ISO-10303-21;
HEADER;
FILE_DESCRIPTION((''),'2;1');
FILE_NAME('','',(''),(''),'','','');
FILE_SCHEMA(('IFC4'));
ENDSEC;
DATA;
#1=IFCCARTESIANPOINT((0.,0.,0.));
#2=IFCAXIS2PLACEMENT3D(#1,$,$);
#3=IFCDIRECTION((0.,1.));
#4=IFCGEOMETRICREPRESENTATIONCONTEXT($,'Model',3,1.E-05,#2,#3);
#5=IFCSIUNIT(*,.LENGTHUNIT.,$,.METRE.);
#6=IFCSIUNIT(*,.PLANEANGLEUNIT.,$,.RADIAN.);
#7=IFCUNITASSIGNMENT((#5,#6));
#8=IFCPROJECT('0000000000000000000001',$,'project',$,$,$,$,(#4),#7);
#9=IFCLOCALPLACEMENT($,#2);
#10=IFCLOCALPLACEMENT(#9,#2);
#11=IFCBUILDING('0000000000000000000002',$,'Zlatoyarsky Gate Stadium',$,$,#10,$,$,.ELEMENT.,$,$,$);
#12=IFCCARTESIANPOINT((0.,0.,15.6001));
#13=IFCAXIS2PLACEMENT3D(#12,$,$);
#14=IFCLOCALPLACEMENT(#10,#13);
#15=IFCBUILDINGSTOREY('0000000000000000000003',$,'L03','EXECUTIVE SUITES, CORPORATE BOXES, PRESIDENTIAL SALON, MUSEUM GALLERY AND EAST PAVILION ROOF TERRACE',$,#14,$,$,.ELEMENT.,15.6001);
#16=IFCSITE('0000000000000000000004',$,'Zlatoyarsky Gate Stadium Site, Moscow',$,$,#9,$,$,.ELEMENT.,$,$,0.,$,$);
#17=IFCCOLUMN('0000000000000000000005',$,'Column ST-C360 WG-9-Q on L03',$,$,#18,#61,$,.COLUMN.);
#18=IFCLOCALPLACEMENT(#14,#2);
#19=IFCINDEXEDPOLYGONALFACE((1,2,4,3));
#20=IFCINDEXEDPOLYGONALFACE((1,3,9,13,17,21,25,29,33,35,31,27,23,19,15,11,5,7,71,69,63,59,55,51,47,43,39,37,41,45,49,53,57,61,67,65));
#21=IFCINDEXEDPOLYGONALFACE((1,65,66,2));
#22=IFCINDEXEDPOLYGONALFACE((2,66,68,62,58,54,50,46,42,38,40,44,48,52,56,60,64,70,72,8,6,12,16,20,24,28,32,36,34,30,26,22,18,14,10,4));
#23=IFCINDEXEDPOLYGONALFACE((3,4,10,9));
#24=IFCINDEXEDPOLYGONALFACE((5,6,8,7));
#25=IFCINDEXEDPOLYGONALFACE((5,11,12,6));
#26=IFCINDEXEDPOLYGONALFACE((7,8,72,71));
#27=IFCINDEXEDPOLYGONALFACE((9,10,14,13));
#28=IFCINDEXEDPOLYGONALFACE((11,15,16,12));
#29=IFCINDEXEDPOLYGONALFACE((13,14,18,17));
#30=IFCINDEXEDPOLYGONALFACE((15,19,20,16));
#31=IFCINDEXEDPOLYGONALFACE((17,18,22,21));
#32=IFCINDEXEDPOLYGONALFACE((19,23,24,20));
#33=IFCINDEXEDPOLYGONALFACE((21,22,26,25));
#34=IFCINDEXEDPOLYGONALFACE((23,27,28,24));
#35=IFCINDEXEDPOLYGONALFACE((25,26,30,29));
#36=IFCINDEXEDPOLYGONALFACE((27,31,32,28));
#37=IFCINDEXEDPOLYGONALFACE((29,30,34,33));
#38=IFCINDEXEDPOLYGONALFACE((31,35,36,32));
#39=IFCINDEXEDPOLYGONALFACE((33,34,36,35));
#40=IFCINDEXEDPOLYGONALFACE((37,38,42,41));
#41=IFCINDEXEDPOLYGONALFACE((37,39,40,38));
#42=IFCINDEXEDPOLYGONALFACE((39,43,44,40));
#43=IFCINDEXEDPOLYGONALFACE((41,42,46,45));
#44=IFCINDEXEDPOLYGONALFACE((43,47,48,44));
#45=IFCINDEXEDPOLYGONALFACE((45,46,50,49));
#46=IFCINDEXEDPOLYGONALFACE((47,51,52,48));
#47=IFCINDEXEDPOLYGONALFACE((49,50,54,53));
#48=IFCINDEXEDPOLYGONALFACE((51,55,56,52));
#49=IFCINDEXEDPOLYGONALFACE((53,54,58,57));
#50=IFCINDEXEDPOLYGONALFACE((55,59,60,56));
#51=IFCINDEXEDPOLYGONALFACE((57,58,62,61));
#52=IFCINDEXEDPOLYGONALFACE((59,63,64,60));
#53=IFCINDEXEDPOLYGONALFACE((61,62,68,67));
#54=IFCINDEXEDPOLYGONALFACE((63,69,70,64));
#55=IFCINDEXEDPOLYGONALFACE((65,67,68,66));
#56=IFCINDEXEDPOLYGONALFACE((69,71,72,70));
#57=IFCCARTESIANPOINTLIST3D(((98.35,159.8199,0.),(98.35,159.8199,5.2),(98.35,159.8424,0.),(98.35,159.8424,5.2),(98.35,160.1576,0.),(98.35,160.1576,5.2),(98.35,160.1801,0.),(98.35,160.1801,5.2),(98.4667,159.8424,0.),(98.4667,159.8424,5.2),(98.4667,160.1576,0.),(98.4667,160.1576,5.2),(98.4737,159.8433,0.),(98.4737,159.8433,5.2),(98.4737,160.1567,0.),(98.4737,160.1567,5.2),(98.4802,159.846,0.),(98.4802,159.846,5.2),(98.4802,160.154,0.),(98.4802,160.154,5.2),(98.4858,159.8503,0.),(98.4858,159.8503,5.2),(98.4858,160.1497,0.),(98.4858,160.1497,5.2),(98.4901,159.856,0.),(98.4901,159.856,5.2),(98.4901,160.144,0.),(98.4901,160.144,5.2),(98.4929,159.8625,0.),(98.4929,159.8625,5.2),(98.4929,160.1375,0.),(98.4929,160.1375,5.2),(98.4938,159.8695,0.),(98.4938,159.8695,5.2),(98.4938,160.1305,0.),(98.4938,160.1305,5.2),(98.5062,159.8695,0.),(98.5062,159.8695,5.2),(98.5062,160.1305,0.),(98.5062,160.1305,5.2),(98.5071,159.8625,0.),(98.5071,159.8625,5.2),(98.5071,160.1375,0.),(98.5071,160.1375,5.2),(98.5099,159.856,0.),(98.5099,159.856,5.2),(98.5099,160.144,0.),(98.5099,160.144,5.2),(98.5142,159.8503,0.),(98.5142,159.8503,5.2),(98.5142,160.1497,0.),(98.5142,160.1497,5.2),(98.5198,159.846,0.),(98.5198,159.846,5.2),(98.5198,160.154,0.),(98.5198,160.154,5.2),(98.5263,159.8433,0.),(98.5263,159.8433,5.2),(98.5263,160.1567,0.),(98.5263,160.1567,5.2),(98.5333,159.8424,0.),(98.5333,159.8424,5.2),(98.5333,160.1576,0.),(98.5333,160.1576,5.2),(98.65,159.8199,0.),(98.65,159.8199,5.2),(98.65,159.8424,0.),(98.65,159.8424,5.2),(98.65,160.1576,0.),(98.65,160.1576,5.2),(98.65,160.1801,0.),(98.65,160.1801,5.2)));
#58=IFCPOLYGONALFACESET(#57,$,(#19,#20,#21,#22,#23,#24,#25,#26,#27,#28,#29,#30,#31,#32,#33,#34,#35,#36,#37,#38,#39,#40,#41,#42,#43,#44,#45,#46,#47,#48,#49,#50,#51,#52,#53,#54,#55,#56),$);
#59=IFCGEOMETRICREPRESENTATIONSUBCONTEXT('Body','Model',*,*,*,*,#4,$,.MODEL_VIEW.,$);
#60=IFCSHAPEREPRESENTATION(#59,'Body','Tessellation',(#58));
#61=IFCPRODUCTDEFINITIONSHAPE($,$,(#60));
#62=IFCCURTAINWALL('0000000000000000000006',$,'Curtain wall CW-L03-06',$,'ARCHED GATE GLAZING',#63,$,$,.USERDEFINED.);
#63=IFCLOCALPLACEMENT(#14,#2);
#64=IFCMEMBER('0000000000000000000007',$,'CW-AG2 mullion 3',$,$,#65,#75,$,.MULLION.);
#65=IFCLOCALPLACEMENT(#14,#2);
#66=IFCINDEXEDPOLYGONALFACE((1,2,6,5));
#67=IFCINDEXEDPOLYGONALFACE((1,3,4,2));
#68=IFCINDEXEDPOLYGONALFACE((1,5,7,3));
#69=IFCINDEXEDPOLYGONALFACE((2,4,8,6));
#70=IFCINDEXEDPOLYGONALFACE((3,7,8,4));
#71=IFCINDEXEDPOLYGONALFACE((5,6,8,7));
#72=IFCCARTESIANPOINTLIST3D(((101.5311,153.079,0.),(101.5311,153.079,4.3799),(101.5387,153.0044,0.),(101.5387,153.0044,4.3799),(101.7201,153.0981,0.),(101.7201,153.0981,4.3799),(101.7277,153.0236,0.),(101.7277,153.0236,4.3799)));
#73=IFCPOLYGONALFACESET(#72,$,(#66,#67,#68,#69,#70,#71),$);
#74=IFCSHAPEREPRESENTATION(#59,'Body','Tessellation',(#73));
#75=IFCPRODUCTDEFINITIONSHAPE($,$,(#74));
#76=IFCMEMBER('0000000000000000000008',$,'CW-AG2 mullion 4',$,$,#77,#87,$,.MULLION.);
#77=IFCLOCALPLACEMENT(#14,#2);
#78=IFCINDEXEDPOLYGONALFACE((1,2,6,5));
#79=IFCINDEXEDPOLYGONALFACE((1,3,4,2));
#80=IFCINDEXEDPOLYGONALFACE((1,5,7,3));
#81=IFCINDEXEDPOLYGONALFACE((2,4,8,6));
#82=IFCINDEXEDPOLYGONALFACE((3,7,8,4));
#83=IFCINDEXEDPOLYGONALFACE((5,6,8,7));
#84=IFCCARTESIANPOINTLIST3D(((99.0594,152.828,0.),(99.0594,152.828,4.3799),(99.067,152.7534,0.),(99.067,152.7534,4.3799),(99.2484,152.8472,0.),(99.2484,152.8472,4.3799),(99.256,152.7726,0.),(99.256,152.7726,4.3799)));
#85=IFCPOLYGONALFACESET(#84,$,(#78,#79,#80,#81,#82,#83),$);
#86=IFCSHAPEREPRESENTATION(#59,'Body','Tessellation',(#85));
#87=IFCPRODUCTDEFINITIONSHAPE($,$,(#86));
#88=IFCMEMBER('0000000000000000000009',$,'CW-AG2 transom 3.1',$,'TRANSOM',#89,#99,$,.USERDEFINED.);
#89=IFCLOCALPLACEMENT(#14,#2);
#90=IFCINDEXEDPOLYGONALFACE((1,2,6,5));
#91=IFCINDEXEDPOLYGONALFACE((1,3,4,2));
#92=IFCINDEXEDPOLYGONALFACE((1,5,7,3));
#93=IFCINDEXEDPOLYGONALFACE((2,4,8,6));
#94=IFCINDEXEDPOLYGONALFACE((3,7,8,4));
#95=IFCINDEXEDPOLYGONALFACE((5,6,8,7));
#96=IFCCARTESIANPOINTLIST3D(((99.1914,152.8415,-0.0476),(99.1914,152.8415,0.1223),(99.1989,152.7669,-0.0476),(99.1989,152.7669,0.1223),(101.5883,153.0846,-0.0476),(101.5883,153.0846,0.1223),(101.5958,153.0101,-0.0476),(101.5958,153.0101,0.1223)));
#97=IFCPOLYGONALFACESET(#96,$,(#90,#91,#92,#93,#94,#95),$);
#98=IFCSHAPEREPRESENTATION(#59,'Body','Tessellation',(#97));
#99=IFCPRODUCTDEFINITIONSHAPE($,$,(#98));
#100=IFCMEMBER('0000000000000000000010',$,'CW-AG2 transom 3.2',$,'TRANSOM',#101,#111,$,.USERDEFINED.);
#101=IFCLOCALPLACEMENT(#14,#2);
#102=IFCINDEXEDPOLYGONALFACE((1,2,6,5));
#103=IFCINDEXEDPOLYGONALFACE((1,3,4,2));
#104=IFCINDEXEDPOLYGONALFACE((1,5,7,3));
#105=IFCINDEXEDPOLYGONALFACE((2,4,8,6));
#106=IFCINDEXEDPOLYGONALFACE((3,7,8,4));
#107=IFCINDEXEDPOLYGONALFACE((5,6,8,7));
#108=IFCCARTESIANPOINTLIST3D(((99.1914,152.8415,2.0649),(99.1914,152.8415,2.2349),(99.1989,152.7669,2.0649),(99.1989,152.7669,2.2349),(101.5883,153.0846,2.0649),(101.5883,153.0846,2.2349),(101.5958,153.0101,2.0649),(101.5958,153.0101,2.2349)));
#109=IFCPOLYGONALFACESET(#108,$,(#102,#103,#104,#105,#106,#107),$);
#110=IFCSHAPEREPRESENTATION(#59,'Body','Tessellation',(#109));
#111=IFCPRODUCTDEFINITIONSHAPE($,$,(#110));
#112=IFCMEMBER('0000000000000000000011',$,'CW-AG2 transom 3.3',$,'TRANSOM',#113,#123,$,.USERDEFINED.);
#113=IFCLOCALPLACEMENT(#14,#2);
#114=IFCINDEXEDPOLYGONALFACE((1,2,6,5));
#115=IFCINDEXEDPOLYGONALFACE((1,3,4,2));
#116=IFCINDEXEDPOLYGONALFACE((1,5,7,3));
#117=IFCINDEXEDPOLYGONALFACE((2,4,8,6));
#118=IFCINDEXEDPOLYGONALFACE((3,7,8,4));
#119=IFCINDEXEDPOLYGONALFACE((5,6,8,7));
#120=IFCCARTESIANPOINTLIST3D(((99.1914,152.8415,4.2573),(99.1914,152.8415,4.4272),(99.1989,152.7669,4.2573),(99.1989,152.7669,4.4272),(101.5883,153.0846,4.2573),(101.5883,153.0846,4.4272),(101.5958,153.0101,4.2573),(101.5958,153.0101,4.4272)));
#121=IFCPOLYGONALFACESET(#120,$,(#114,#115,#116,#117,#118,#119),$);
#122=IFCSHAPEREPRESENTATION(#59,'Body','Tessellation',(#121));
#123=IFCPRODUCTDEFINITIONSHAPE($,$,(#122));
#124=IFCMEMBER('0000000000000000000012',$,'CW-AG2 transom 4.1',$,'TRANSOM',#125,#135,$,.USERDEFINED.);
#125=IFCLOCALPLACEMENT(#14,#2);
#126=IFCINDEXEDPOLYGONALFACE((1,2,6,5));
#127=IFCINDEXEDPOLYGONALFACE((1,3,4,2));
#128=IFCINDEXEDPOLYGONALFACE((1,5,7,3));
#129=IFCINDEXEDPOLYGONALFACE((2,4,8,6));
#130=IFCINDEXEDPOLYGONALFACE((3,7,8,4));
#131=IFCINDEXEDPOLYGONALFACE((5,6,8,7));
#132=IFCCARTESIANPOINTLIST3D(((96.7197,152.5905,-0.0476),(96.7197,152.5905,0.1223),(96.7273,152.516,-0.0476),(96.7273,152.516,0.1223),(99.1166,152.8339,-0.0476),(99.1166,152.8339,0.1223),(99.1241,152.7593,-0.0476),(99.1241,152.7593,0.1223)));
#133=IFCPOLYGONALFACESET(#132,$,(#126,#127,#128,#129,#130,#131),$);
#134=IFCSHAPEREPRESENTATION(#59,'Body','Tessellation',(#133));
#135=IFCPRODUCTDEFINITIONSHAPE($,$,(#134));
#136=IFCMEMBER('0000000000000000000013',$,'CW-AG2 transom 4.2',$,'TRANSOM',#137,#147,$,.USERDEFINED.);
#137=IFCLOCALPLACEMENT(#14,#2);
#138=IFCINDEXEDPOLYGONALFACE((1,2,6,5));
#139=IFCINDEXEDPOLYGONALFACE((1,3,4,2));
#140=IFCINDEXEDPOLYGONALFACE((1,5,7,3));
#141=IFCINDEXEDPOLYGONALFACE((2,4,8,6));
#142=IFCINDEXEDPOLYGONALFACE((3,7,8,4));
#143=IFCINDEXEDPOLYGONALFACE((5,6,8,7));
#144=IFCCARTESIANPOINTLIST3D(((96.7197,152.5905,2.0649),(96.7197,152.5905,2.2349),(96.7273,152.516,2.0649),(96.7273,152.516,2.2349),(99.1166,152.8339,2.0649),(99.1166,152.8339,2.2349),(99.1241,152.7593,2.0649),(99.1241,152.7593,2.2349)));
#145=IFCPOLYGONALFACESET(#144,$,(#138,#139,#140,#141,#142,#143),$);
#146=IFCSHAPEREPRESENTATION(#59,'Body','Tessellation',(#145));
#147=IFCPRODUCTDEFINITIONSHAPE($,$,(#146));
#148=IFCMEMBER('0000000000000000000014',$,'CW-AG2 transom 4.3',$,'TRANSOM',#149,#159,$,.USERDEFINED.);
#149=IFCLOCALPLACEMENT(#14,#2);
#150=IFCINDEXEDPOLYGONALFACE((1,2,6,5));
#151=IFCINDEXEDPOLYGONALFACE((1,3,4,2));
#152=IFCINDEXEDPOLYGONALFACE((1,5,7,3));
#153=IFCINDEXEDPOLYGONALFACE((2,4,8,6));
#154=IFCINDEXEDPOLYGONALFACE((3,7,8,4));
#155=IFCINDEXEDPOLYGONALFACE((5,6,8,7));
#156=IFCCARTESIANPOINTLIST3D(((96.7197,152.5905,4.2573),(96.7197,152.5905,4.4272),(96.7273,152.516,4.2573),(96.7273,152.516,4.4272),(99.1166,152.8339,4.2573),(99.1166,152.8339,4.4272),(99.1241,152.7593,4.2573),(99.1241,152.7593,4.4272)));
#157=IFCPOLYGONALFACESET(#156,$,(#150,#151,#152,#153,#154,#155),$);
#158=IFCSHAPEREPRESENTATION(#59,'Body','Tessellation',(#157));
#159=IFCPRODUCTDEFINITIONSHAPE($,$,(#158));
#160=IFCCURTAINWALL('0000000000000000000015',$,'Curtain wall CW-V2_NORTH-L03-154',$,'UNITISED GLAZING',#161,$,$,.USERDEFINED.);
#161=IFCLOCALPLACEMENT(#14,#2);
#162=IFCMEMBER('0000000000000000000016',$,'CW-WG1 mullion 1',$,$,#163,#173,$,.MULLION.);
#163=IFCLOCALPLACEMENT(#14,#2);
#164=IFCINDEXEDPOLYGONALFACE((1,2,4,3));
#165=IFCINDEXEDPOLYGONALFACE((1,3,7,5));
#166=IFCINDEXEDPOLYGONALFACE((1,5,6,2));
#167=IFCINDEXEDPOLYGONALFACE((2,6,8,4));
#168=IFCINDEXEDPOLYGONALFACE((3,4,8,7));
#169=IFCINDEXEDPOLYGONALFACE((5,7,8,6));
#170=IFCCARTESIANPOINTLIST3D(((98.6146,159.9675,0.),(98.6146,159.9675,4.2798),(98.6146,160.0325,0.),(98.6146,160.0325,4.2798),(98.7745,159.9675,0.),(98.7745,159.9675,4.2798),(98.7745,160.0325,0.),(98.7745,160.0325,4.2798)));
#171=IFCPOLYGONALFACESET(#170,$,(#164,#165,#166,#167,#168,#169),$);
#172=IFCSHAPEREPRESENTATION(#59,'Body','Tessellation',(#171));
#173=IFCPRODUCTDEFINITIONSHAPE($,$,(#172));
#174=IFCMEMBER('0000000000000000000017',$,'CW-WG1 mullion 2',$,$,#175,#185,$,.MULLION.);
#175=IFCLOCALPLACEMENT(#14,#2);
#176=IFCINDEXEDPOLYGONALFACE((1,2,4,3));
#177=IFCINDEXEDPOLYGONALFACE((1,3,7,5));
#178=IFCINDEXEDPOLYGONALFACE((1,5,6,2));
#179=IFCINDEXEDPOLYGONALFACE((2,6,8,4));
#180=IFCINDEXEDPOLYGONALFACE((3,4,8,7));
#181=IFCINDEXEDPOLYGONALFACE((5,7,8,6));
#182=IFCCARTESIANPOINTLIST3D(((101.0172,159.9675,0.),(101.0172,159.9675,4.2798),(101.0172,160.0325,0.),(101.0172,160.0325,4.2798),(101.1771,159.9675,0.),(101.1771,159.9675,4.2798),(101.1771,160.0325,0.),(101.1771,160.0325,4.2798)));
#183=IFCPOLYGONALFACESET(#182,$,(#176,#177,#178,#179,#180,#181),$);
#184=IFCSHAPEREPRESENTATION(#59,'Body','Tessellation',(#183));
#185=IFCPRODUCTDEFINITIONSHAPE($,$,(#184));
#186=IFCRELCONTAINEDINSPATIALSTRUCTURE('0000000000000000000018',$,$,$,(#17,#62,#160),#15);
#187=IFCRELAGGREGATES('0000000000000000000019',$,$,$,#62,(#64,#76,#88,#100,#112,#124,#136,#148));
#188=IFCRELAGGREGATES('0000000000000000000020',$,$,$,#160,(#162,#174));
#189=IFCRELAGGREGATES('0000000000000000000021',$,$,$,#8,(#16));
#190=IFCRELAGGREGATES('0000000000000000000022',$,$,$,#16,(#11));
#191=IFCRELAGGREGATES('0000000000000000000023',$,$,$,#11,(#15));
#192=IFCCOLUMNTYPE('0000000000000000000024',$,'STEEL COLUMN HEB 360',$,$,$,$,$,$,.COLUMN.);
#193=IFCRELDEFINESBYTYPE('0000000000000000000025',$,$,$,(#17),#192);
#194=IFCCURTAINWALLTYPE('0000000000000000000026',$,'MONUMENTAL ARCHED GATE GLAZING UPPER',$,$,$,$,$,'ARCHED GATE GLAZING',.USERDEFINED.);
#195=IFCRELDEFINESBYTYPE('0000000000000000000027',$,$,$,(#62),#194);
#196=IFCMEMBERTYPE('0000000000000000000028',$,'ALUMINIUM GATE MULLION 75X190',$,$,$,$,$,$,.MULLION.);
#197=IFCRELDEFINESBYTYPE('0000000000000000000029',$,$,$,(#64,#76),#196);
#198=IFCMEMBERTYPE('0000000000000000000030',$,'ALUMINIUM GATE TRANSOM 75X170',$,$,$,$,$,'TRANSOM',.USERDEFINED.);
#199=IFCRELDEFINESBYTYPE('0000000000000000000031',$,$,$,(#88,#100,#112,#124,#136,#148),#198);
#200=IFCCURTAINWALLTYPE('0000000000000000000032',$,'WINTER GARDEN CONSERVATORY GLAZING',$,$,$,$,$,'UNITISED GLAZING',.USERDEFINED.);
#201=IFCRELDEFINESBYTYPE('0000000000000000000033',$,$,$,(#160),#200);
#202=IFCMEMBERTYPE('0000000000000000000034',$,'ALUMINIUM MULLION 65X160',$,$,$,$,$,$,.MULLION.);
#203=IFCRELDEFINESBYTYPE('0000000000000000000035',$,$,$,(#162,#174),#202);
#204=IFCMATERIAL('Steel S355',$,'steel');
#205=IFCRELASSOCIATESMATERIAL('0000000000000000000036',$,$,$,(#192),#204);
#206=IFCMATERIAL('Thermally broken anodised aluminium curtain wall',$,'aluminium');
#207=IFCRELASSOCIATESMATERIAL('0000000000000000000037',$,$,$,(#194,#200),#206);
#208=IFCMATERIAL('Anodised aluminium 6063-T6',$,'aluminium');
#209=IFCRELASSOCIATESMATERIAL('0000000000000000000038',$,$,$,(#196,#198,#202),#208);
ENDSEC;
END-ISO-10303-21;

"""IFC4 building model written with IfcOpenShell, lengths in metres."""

from ifc_helpers import new_model, si_unit, direction, frame, origin, origin_2d, place, context, subcontext, project, spatial, rectangle, i_section, extrude, material, material_profile, profile_set, type_object, element, aggregate, save


model = new_model("IFC4")

# Units and contexts
model_context = context("Model", 3, precision=1e-05, world=origin(), true_north=direction((0.0, 1.0)))
body_context = subcontext(model_context, "Body", "Model", "MODEL_VIEW")
ifc_project = project(units=[si_unit("LENGTHUNIT", "METRE"), si_unit("PLANEANGLEUNIT", "RADIAN")], contexts=[model_context])

# Site, building, storey
site_placement = place(None, origin())
site = spatial("IfcSite", under=ifc_project, at=site_placement, Name="Zlatoyarsky Gate Stadium Site, Moscow", CompositionType="ELEMENT", RefElevation=0.0)
building_placement = place(site_placement, origin())
building = spatial("IfcBuilding", under=site, at=building_placement, Name="Zlatoyarsky Gate Stadium", CompositionType="ELEMENT")
storey_placement = place(building_placement, frame((0.0, 0.0, 15.6001)))
storey = spatial("IfcBuildingStorey", under=building, at=storey_placement, Name="L03", Description="EXECUTIVE SUITES, CORPORATE BOXES, PRESIDENTIAL SALON, MUSEUM GALLERY AND EAST PAVILION ROOF TERRACE", CompositionType="ELEMENT", Elevation=15.6001)

# Column
ifc_material_1 = material(Name="Steel S355", Category="steel")
ifc_material_profile_1 = material_profile(ifc_material_1, i_section(OverallWidth=0.3, OverallDepth=0.3601, WebThickness=0.0125, FlangeThickness=0.0225, FilletRadius=0.0271, at=origin_2d()), Name="HEB 360")
ifc_profile_set_1 = profile_set([ifc_material_profile_1], Name="Steel S355")
column_type = type_object("IfcColumnType", Name="STEEL COLUMN HEB 360", PredefinedType="COLUMN", material=ifc_profile_set_1)
column_placement = place(storey_placement, frame((98.5, 160.0, 0.0), z_axis=(0.0, 0.0, 1.0), x_axis=(1.0, 0.0, 0.0)))
element("IfcColumn", 1, at=column_placement, inside=storey, type_object=column_type, Name="Column ST-C360 WG-9-Q on L03", PredefinedType="COLUMN", context=body_context, shape_type="SweptSolid", body=[
    extrude(i_section(OverallWidth=0.3, OverallDepth=0.3601, WebThickness=0.0125, FlangeThickness=0.0225, FilletRadius=0.0271, at=origin_2d()), origin(), (0.0, 0.0, 1.0), 5.2),
])

# Curtain walls, members
ifc_material_2 = material(Name="Thermally broken anodised aluminium curtain wall", Category="aluminium")
curtain_wall_type_1 = type_object("IfcCurtainWallType", Name="MONUMENTAL ARCHED GATE GLAZING UPPER", ElementType="ARCHED GATE GLAZING", PredefinedType="USERDEFINED", material=ifc_material_2)
curtain_wall_1_placement = place(storey_placement, origin())
curtain_wall_1 = element("IfcCurtainWall", 2, at=curtain_wall_1_placement, inside=storey, type_object=curtain_wall_type_1, Name="Curtain wall CW-L03-06", ObjectType="ARCHED GATE GLAZING", PredefinedType="USERDEFINED")
ifc_material_3 = material(Name="Anodised aluminium 6063-T6", Category="aluminium")
ifc_material_profile_2 = material_profile(ifc_material_3, rectangle(XDim=0.075, YDim=0.1899, at=origin_2d()), Name="ALU 75X190")
ifc_profile_set_2 = profile_set([ifc_material_profile_2], Name="Anodised aluminium 6063-T6")
member_type_1 = type_object("IfcMemberType", Name="ALUMINIUM GATE MULLION 75X190", PredefinedType="MULLION", material=ifc_profile_set_2)
member_1_placement = place(storey_placement, frame((101.6294, 153.0513, 0.0), z_axis=(0.0, 0.0, 1.0), x_axis=(0.100967, -0.99489, 0.0)))
member_1 = element("IfcMember", 3, at=member_1_placement, type_object=member_type_1, Name="CW-AG2 mullion 3", PredefinedType="MULLION", context=body_context, shape_type="SweptSolid", body=[
    extrude(rectangle(XDim=0.075, YDim=0.1899, at=origin_2d()), origin(), (0.0, 0.0, 1.0), 4.3799),
])
member_2_placement = place(storey_placement, frame((99.1577, 152.8003, 0.0), z_axis=(0.0, 0.0, 1.0), x_axis=(0.100967, -0.99489, 0.0)))
member_2 = element("IfcMember", 4, at=member_2_placement, type_object=member_type_1, Name="CW-AG2 mullion 4", PredefinedType="MULLION", context=body_context, shape_type="SweptSolid", body=[
    extrude(rectangle(XDim=0.075, YDim=0.1899, at=origin_2d()), origin(), (0.0, 0.0, 1.0), 4.3799),
])
ifc_material_profile_3 = material_profile(ifc_material_3, rectangle(XDim=0.075, YDim=0.1699, at=origin_2d()), Name="ALU 75X170")
ifc_profile_set_3 = profile_set([ifc_material_profile_3], Name="Anodised aluminium 6063-T6")
member_type_2 = type_object("IfcMemberType", Name="ALUMINIUM GATE TRANSOM 75X170", ElementType="TRANSOM", PredefinedType="USERDEFINED", material=ifc_profile_set_3)
member_3_placement = place(storey_placement, frame((101.592, 153.0474, 0.0374), z_axis=(-0.994894, -0.100928, 0.0), x_axis=(0.100928, -0.994894, 0.0)))
member_3 = element("IfcMember", 5, at=member_3_placement, type_object=member_type_2, Name="CW-AG2 transom 3.1", ObjectType="TRANSOM", PredefinedType="USERDEFINED", context=body_context, shape_type="SweptSolid", body=[
    extrude(rectangle(XDim=0.075, YDim=0.1699, at=origin_2d()), origin(), (0.0, 0.0, 1.0), 2.4092),
])
member_4_placement = place(storey_placement, frame((101.592, 153.0474, 2.1499), z_axis=(-0.994894, -0.100928, 0.0), x_axis=(0.100928, -0.994894, 0.0)))
member_4 = element("IfcMember", 6, at=member_4_placement, type_object=member_type_2, Name="CW-AG2 transom 3.2", ObjectType="TRANSOM", PredefinedType="USERDEFINED", context=body_context, shape_type="SweptSolid", body=[
    extrude(rectangle(XDim=0.075, YDim=0.1699, at=origin_2d()), origin(), (0.0, 0.0, 1.0), 2.4092),
])
member_5_placement = place(storey_placement, frame((101.592, 153.0474, 4.3423), z_axis=(-0.994894, -0.100928, 0.0), x_axis=(0.100928, -0.994894, 0.0)))
member_5 = element("IfcMember", 7, at=member_5_placement, type_object=member_type_2, Name="CW-AG2 transom 3.3", ObjectType="TRANSOM", PredefinedType="USERDEFINED", context=body_context, shape_type="SweptSolid", body=[
    extrude(rectangle(XDim=0.075, YDim=0.1699, at=origin_2d()), origin(), (0.0, 0.0, 1.0), 2.4092),
])
member_6_placement = place(storey_placement, frame((99.1204, 152.7966, 0.0374), z_axis=(-0.994884, -0.101029, 0.0), x_axis=(0.101029, -0.994884, 0.0)))
member_6 = element("IfcMember", 8, at=member_6_placement, type_object=member_type_2, Name="CW-AG2 transom 4.1", ObjectType="TRANSOM", PredefinedType="USERDEFINED", context=body_context, shape_type="SweptSolid", body=[
    extrude(rectangle(XDim=0.075, YDim=0.1699, at=origin_2d()), origin(), (0.0, 0.0, 1.0), 2.4092),
])
member_7_placement = place(storey_placement, frame((99.1204, 152.7966, 2.1499), z_axis=(-0.994884, -0.101029, 0.0), x_axis=(0.101029, -0.994884, 0.0)))
member_7 = element("IfcMember", 9, at=member_7_placement, type_object=member_type_2, Name="CW-AG2 transom 4.2", ObjectType="TRANSOM", PredefinedType="USERDEFINED", context=body_context, shape_type="SweptSolid", body=[
    extrude(rectangle(XDim=0.075, YDim=0.1699, at=origin_2d()), origin(), (0.0, 0.0, 1.0), 2.4092),
])
member_8_placement = place(storey_placement, frame((99.1204, 152.7966, 4.3423), z_axis=(-0.994884, -0.101029, 0.0), x_axis=(0.101029, -0.994884, 0.0)))
member_8 = element("IfcMember", 10, at=member_8_placement, type_object=member_type_2, Name="CW-AG2 transom 4.3", ObjectType="TRANSOM", PredefinedType="USERDEFINED", context=body_context, shape_type="SweptSolid", body=[
    extrude(rectangle(XDim=0.075, YDim=0.1699, at=origin_2d()), origin(), (0.0, 0.0, 1.0), 2.4092),
])
curtain_wall_type_2 = type_object("IfcCurtainWallType", Name="WINTER GARDEN CONSERVATORY GLAZING", ElementType="UNITISED GLAZING", PredefinedType="USERDEFINED", material=ifc_material_2)
curtain_wall_2_placement = place(storey_placement, origin())
curtain_wall_2 = element("IfcCurtainWall", 11, at=curtain_wall_2_placement, inside=storey, type_object=curtain_wall_type_2, Name="Curtain wall CW-V2_NORTH-L03-154", ObjectType="UNITISED GLAZING", PredefinedType="USERDEFINED")
ifc_material_profile_4 = material_profile(ifc_material_3, rectangle(XDim=0.0649, YDim=0.1599, at=origin_2d()), Name="ALU 65X160")
ifc_profile_set_4 = profile_set([ifc_material_profile_4], Name="Anodised aluminium 6063-T6")
member_type_3 = type_object("IfcMemberType", Name="ALUMINIUM MULLION 65X160", PredefinedType="MULLION", material=ifc_profile_set_4)
member_9_placement = place(storey_placement, frame((98.6946, 160.0, 0.0), z_axis=(0.0, 0.0, 1.0), x_axis=(0.0, 1.0, 0.0)))
member_9 = element("IfcMember", 12, at=member_9_placement, type_object=member_type_3, Name="CW-WG1 mullion 1", PredefinedType="MULLION", context=body_context, shape_type="SweptSolid", body=[
    extrude(rectangle(XDim=0.0649, YDim=0.1599, at=origin_2d()), origin(), (0.0, 0.0, 1.0), 4.2798),
])
member_10_placement = place(storey_placement, frame((101.0972, 160.0, 0.0), z_axis=(0.0, 0.0, 1.0), x_axis=(0.0, 1.0, 0.0)))
member_10 = element("IfcMember", 13, at=member_10_placement, type_object=member_type_3, Name="CW-WG1 mullion 2", PredefinedType="MULLION", context=body_context, shape_type="SweptSolid", body=[
    extrude(rectangle(XDim=0.0649, YDim=0.1599, at=origin_2d()), origin(), (0.0, 0.0, 1.0), 4.2798),
])

aggregate(curtain_wall_1, [member_1, member_2, member_3, member_4, member_5, member_6, member_7, member_8])
aggregate(curtain_wall_2, [member_9, member_10])

save(model, "model.ifc")
